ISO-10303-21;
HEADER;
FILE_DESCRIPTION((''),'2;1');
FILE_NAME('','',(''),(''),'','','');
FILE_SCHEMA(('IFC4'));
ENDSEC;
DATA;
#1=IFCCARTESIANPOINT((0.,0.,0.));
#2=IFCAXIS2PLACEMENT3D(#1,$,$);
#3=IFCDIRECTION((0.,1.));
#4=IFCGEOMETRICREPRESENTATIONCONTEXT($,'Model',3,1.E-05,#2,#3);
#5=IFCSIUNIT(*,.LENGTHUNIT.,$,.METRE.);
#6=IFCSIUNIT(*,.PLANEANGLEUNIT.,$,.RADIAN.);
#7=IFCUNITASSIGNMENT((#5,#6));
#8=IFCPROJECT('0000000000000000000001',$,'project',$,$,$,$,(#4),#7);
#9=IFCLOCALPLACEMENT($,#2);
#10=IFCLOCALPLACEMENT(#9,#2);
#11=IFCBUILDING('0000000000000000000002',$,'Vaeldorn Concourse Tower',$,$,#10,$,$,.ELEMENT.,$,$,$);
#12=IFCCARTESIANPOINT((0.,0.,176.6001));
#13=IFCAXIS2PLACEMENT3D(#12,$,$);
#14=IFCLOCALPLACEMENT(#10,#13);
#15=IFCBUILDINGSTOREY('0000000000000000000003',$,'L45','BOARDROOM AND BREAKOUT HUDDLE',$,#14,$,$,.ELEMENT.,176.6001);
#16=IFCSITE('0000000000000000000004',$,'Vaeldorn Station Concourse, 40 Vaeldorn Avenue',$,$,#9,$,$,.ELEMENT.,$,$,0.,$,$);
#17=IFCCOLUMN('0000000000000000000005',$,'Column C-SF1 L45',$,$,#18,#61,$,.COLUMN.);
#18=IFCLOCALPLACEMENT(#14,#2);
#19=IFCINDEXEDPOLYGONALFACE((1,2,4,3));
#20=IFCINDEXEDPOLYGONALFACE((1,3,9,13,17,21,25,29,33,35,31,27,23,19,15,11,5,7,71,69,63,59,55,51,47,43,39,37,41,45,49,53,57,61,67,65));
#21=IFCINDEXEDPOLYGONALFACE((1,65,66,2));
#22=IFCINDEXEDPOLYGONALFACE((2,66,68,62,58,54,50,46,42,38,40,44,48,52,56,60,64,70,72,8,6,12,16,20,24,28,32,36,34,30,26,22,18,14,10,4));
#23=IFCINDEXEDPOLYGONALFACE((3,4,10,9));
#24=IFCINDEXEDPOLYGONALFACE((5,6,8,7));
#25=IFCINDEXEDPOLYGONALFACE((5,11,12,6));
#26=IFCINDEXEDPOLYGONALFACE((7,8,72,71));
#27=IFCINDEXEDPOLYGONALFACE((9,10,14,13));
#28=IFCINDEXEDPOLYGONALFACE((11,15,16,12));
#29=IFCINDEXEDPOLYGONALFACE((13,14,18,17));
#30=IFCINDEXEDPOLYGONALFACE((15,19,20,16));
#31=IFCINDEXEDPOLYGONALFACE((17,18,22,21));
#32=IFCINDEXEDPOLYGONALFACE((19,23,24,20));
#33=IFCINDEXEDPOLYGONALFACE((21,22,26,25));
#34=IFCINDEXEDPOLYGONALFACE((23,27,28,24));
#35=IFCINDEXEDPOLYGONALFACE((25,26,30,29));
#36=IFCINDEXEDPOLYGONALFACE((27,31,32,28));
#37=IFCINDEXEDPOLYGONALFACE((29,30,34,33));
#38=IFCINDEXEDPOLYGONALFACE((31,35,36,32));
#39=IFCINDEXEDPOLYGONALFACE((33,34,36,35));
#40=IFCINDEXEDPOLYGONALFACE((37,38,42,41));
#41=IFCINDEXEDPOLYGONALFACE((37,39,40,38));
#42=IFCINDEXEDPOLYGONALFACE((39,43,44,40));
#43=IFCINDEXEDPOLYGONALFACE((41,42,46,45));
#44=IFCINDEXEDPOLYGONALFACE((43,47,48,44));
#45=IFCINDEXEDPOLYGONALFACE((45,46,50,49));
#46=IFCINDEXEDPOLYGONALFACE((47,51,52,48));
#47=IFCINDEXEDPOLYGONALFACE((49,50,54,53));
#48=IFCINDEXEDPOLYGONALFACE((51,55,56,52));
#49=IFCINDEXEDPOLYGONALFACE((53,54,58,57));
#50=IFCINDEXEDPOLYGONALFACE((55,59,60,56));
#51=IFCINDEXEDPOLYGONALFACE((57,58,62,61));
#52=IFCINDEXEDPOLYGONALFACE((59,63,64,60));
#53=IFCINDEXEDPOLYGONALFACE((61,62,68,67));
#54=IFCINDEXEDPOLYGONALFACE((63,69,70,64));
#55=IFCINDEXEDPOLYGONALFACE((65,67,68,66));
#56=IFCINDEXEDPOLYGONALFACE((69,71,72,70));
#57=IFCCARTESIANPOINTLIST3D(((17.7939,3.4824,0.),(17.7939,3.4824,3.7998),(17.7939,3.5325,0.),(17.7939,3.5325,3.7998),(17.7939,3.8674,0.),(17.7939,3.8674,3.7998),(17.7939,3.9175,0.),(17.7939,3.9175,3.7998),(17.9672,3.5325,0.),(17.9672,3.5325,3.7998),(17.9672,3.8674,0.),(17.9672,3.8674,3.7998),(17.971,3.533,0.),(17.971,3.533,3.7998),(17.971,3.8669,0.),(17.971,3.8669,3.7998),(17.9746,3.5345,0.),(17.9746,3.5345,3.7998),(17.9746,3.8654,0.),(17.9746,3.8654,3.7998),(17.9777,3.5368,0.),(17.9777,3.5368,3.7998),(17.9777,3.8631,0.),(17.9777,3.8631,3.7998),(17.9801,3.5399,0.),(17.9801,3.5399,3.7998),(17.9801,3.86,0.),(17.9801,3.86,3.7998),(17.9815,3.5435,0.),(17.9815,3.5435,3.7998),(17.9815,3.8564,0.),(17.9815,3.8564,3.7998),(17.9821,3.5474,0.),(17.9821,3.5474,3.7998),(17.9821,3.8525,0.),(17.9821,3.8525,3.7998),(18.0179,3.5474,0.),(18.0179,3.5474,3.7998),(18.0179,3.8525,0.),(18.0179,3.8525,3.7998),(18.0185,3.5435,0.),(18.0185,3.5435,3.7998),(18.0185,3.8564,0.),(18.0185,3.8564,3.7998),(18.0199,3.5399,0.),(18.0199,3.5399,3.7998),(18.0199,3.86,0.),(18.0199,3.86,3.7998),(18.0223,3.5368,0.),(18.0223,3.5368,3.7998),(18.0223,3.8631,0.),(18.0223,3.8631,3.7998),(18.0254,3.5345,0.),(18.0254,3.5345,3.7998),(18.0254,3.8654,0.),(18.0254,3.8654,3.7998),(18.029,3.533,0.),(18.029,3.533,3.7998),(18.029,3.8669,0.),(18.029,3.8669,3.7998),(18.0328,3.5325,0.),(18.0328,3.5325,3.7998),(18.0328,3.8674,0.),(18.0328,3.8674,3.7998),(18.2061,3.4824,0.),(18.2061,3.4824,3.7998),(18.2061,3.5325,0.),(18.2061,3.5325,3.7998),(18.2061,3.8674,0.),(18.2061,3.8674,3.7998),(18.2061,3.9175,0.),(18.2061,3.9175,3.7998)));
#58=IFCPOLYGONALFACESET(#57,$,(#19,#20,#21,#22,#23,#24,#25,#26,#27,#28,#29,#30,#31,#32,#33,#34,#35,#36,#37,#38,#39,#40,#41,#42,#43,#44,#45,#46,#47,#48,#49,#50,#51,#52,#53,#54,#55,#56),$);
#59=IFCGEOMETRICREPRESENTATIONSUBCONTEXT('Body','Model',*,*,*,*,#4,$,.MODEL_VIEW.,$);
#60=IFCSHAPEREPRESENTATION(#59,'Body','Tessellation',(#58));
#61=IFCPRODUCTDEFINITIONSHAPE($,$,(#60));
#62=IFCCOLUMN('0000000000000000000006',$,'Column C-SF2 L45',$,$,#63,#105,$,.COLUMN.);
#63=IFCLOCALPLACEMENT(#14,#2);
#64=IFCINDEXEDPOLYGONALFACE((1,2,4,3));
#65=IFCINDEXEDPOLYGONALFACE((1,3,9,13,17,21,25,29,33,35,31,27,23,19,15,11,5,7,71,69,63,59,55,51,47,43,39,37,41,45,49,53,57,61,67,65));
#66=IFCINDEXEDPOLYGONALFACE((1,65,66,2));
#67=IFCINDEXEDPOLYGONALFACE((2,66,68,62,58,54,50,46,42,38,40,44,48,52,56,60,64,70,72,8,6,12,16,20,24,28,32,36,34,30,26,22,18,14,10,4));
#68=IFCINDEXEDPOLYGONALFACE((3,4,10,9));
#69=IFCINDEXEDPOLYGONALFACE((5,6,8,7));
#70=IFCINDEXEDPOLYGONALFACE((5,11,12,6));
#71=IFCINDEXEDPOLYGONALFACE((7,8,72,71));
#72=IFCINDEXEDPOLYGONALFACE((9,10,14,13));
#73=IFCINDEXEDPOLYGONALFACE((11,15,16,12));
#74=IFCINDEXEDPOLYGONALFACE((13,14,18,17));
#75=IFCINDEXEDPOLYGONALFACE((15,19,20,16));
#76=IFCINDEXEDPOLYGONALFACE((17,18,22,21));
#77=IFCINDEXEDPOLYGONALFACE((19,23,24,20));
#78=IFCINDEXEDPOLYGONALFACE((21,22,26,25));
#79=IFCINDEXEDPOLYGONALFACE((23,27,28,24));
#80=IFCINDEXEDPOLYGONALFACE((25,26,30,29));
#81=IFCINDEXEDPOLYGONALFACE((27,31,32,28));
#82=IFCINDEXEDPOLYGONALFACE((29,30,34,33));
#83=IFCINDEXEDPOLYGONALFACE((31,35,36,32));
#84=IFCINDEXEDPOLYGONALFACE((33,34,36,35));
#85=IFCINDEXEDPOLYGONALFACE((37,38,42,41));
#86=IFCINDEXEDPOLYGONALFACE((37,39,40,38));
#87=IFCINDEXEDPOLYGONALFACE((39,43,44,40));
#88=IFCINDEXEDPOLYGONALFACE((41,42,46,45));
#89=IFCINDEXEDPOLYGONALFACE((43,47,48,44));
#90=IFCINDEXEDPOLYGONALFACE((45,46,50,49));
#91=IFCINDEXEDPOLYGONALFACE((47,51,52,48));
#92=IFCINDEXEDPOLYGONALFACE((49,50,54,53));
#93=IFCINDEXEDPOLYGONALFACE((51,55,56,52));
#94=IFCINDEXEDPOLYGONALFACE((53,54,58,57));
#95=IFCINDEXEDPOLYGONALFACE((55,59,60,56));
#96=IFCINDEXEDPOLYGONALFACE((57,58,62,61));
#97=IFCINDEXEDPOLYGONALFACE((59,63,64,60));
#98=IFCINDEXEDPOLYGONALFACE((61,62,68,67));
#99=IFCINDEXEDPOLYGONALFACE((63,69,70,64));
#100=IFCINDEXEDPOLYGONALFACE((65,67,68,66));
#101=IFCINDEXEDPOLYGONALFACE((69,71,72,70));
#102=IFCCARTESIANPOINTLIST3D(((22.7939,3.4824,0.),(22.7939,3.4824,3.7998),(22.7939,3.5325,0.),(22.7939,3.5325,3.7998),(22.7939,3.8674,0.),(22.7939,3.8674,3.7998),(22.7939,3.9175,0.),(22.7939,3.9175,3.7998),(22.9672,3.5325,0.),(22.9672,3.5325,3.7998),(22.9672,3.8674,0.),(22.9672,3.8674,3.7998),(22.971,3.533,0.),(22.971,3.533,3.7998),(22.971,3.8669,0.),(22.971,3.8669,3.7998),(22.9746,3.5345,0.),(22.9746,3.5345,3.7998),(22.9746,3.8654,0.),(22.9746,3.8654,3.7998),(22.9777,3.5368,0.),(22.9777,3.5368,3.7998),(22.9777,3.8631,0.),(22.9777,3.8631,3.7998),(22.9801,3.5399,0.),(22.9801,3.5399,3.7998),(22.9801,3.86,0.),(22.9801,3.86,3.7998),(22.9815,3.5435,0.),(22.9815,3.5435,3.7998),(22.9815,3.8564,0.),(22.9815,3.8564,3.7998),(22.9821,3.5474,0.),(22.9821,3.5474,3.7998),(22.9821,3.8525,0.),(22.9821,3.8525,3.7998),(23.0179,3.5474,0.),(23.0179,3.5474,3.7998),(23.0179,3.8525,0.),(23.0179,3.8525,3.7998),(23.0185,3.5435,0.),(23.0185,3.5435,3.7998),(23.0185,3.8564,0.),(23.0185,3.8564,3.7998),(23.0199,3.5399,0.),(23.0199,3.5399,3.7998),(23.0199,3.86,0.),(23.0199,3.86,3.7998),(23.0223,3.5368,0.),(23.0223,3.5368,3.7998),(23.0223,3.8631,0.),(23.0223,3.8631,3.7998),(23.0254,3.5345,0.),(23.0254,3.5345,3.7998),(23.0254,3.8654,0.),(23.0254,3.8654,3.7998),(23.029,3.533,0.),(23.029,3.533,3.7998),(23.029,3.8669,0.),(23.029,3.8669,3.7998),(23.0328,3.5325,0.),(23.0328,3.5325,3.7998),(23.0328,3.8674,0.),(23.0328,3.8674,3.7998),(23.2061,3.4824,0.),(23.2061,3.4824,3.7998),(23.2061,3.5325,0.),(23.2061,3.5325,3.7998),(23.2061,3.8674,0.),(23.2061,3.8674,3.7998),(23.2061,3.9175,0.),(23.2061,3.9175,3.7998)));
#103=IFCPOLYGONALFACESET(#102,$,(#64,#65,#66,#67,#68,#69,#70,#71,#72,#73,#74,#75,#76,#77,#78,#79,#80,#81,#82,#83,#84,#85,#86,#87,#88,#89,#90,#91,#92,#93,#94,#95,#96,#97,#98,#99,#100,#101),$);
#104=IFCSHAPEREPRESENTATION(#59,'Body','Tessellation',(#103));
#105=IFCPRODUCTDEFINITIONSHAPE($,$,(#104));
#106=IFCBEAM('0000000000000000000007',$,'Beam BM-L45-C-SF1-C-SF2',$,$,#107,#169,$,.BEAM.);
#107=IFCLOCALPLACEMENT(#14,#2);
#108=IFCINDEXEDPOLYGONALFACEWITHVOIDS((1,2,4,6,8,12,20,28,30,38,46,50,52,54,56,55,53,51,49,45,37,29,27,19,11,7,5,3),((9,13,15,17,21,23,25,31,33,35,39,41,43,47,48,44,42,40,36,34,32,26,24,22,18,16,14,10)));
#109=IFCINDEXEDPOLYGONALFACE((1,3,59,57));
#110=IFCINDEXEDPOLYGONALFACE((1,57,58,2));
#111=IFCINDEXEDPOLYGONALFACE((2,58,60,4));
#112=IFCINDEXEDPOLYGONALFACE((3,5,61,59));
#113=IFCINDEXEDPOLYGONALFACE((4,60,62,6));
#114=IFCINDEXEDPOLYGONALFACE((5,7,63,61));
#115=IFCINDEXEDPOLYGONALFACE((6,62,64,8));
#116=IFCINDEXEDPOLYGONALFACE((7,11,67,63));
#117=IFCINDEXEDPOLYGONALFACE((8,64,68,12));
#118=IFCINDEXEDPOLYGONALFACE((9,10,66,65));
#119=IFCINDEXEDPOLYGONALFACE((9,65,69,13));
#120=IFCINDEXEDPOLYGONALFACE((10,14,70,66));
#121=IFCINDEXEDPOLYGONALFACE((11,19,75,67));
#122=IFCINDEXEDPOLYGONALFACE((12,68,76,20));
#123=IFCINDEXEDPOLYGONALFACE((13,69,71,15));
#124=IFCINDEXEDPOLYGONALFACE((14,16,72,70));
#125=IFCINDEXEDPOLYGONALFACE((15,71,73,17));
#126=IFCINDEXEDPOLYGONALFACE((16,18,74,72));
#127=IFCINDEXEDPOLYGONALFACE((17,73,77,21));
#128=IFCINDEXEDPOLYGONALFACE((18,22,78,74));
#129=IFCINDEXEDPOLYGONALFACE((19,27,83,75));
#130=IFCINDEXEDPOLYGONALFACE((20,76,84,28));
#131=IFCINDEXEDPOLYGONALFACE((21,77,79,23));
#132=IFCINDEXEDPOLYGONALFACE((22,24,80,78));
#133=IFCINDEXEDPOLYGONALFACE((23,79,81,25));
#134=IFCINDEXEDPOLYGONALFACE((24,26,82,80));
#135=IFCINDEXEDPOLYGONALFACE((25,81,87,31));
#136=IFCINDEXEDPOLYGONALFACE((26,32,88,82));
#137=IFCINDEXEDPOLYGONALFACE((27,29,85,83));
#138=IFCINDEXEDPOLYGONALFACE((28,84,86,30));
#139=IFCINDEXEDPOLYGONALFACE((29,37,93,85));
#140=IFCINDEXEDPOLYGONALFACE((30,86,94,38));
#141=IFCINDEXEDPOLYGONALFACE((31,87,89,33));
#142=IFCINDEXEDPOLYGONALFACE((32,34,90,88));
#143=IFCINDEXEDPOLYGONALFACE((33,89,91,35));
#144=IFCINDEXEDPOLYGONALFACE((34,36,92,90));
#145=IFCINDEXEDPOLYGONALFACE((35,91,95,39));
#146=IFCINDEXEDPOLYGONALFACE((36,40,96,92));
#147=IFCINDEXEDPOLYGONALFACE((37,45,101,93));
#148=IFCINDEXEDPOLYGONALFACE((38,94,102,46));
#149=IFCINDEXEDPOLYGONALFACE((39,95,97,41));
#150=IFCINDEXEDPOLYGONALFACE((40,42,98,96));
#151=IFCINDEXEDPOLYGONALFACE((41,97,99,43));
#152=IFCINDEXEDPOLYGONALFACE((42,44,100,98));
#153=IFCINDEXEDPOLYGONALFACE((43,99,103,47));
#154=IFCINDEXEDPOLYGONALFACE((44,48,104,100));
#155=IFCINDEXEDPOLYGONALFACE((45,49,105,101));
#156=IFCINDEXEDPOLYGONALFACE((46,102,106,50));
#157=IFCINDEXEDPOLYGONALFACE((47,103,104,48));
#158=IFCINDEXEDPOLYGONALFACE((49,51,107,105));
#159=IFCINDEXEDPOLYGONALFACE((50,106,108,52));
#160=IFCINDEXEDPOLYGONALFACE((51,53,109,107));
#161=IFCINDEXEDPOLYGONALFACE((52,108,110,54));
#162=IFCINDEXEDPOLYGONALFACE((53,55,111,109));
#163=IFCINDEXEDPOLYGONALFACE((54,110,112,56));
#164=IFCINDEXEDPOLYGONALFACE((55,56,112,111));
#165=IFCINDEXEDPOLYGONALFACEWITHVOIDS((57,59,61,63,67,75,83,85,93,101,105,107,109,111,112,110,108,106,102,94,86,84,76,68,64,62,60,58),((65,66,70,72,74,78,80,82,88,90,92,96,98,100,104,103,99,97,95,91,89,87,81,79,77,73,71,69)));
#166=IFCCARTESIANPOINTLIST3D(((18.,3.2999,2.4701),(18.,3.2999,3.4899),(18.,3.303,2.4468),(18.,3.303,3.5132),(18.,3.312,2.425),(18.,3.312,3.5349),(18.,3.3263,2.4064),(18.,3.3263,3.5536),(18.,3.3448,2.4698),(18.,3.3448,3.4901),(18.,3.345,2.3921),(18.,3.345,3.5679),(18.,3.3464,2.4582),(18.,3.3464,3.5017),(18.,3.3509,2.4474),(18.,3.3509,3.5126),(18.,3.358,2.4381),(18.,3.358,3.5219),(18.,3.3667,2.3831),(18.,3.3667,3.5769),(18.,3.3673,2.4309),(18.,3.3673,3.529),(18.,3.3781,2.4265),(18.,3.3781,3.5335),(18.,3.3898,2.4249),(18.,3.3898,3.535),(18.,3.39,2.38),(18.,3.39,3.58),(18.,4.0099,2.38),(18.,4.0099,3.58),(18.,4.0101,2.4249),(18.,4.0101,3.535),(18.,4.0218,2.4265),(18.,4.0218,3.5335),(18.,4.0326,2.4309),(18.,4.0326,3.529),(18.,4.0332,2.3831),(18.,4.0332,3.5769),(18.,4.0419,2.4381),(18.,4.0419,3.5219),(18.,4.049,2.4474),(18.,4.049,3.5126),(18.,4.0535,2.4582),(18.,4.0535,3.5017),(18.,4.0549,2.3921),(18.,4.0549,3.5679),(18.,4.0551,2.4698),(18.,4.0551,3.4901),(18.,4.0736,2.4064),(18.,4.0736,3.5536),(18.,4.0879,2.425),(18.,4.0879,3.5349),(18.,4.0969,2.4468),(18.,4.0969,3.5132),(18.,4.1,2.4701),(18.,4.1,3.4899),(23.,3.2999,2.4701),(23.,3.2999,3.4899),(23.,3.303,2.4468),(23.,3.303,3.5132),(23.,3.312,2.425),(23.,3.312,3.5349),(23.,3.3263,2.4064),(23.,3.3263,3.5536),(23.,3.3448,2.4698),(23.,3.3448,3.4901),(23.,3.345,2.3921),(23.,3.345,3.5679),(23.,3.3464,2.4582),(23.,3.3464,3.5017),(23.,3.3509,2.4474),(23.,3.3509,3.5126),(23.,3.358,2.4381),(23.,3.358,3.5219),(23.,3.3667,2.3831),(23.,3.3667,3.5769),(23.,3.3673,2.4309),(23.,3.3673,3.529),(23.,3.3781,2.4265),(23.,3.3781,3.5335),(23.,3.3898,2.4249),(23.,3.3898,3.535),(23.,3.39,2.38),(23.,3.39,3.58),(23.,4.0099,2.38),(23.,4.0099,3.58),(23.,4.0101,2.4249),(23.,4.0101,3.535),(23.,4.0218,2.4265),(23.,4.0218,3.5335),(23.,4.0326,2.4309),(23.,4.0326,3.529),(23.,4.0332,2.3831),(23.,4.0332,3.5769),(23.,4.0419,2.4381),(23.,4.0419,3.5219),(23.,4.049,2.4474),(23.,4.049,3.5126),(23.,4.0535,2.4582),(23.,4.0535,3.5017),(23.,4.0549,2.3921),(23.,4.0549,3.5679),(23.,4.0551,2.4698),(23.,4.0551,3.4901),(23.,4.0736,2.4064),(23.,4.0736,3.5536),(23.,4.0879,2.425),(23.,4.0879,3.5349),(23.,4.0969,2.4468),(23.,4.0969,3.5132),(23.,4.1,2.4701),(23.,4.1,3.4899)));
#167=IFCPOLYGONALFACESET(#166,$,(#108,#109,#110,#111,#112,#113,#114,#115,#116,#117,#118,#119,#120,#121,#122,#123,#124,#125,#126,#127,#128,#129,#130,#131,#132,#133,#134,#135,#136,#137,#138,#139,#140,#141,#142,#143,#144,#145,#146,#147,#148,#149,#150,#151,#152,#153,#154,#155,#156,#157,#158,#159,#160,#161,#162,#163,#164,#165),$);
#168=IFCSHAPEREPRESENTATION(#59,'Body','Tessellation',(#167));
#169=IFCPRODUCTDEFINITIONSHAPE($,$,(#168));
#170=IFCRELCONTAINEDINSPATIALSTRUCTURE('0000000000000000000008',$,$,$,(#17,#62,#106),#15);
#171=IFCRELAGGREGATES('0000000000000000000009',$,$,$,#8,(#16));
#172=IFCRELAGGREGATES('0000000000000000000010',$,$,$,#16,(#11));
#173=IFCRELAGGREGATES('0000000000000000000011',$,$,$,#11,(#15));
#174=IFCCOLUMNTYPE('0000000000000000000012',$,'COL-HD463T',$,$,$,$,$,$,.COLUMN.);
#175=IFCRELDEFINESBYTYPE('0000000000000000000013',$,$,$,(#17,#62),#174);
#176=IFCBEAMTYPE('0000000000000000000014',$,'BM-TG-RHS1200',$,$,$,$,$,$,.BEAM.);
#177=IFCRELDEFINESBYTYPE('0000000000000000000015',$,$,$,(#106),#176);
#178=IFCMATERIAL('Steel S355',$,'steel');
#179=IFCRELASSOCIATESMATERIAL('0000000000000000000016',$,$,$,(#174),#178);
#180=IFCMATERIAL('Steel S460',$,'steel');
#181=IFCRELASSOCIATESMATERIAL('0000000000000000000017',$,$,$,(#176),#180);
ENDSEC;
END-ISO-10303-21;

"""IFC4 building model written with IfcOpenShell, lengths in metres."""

from ifc_helpers import new_model, si_unit, direction, frame, origin, origin_2d, place, context, subcontext, project, spatial, hollow_rectangle, i_section, extrude, source, transform, mapped, material, material_profile, profile_set, type_object, element, save


model = new_model("IFC4")

# Units and contexts
model_context = context("Model", 3, precision=1e-05, world=origin(), true_north=direction((0.0, 1.0)))
body_context = subcontext(model_context, "Body", "Model", "MODEL_VIEW")
ifc_project = project(units=[si_unit("LENGTHUNIT", "METRE"), si_unit("PLANEANGLEUNIT", "RADIAN")], contexts=[model_context])

# Site, building, storey
site_placement = place(None, origin())
site = spatial("IfcSite", under=ifc_project, at=site_placement, Name="Vaeldorn Station Concourse, 40 Vaeldorn Avenue", CompositionType="ELEMENT", RefElevation=0.0)
building_placement = place(site_placement, origin())
building = spatial("IfcBuilding", under=site, at=building_placement, Name="Vaeldorn Concourse Tower", CompositionType="ELEMENT")
storey_placement = place(building_placement, frame((0.0, 0.0, 176.6001)))
storey = spatial("IfcBuildingStorey", under=building, at=storey_placement, Name="L45", Description="BOARDROOM AND BREAKOUT HUDDLE", CompositionType="ELEMENT", Elevation=176.6001)

# Columns
ifc_material_1 = material(Name="Steel S355", Category="steel")
ifc_material_profile_1 = material_profile(ifc_material_1, i_section(OverallWidth=0.4121, OverallDepth=0.4351, WebThickness=0.0359, FlangeThickness=0.05, FilletRadius=0.0149, at=origin_2d()), Name="HD 400x463")
ifc_profile_set_1 = profile_set([ifc_material_profile_1], Name="Steel S355")
column_type = type_object("IfcColumnType", Name="COL-HD463T", PredefinedType="COLUMN", material=ifc_profile_set_1)
shared_shape_1 = source(origin(), body_context, "Body", "SweptSolid", [
    extrude(i_section(OverallWidth=0.4121, OverallDepth=0.4351, WebThickness=0.0359, FlangeThickness=0.05, FilletRadius=0.0149, at=origin_2d()), origin(), (0.0, 0.0, 1.0), 3.7998),
])
for number, where, z_axis, x_axis, name in (
    (1, (18.0, 3.7, 0.0), (0.0, 0.0, 1.0), (1.0, 0.0, 0.0), "Column C-SF1 L45"),
    (2, (23.0, 3.7, 0.0), (0.0, 0.0, 1.0), (1.0, 0.0, 0.0), "Column C-SF2 L45"),
):
    element("IfcColumn", number, at=place(storey_placement, frame(where, z_axis=z_axis, x_axis=x_axis)), inside=storey, type_object=column_type, Name=name, PredefinedType="COLUMN", context=body_context, shape_type="MappedRepresentation", body=[
        mapped(shared_shape_1, transform((0.0, 0.0, 0.0), scale=1.0)),
    ])

# Beam
ifc_material_2 = material(Name="Steel S460", Category="steel")
ifc_material_profile_2 = material_profile(ifc_material_2, hollow_rectangle(XDim=0.8, YDim=1.2, WallThickness=0.0449, InnerFilletRadius=0.0449, OuterFilletRadius=0.0901, at=origin_2d()), Name="RHS 1200x800x45")
ifc_profile_set_2 = profile_set([ifc_material_profile_2], Name="Steel S460")
beam_type_1 = type_object("IfcBeamType", Name="BM-TG-RHS1200", PredefinedType="BEAM", material=ifc_profile_set_2)
shared_shape_2 = source(origin(), body_context, "Body", "SweptSolid", [
    extrude(hollow_rectangle(XDim=0.8, YDim=1.2, WallThickness=0.0449, InnerFilletRadius=0.0449, OuterFilletRadius=0.0901, at=origin_2d()), origin(), (0.0, 0.0, 1.0), 5.0),
])
beam_1_placement = place(storey_placement, frame((18.0, 3.7, 2.98), z_axis=(1.0, 0.0, 0.0), x_axis=(0.0, 1.0, 0.0)))
element("IfcBeam", 3, at=beam_1_placement, inside=storey, type_object=beam_type_1, Name="Beam BM-L45-C-SF1-C-SF2", PredefinedType="BEAM", context=body_context, shape_type="MappedRepresentation", body=[
    mapped(shared_shape_2, transform((0.0, 0.0, 0.0), scale=1.0)),
])

save(model, "model.ifc")
